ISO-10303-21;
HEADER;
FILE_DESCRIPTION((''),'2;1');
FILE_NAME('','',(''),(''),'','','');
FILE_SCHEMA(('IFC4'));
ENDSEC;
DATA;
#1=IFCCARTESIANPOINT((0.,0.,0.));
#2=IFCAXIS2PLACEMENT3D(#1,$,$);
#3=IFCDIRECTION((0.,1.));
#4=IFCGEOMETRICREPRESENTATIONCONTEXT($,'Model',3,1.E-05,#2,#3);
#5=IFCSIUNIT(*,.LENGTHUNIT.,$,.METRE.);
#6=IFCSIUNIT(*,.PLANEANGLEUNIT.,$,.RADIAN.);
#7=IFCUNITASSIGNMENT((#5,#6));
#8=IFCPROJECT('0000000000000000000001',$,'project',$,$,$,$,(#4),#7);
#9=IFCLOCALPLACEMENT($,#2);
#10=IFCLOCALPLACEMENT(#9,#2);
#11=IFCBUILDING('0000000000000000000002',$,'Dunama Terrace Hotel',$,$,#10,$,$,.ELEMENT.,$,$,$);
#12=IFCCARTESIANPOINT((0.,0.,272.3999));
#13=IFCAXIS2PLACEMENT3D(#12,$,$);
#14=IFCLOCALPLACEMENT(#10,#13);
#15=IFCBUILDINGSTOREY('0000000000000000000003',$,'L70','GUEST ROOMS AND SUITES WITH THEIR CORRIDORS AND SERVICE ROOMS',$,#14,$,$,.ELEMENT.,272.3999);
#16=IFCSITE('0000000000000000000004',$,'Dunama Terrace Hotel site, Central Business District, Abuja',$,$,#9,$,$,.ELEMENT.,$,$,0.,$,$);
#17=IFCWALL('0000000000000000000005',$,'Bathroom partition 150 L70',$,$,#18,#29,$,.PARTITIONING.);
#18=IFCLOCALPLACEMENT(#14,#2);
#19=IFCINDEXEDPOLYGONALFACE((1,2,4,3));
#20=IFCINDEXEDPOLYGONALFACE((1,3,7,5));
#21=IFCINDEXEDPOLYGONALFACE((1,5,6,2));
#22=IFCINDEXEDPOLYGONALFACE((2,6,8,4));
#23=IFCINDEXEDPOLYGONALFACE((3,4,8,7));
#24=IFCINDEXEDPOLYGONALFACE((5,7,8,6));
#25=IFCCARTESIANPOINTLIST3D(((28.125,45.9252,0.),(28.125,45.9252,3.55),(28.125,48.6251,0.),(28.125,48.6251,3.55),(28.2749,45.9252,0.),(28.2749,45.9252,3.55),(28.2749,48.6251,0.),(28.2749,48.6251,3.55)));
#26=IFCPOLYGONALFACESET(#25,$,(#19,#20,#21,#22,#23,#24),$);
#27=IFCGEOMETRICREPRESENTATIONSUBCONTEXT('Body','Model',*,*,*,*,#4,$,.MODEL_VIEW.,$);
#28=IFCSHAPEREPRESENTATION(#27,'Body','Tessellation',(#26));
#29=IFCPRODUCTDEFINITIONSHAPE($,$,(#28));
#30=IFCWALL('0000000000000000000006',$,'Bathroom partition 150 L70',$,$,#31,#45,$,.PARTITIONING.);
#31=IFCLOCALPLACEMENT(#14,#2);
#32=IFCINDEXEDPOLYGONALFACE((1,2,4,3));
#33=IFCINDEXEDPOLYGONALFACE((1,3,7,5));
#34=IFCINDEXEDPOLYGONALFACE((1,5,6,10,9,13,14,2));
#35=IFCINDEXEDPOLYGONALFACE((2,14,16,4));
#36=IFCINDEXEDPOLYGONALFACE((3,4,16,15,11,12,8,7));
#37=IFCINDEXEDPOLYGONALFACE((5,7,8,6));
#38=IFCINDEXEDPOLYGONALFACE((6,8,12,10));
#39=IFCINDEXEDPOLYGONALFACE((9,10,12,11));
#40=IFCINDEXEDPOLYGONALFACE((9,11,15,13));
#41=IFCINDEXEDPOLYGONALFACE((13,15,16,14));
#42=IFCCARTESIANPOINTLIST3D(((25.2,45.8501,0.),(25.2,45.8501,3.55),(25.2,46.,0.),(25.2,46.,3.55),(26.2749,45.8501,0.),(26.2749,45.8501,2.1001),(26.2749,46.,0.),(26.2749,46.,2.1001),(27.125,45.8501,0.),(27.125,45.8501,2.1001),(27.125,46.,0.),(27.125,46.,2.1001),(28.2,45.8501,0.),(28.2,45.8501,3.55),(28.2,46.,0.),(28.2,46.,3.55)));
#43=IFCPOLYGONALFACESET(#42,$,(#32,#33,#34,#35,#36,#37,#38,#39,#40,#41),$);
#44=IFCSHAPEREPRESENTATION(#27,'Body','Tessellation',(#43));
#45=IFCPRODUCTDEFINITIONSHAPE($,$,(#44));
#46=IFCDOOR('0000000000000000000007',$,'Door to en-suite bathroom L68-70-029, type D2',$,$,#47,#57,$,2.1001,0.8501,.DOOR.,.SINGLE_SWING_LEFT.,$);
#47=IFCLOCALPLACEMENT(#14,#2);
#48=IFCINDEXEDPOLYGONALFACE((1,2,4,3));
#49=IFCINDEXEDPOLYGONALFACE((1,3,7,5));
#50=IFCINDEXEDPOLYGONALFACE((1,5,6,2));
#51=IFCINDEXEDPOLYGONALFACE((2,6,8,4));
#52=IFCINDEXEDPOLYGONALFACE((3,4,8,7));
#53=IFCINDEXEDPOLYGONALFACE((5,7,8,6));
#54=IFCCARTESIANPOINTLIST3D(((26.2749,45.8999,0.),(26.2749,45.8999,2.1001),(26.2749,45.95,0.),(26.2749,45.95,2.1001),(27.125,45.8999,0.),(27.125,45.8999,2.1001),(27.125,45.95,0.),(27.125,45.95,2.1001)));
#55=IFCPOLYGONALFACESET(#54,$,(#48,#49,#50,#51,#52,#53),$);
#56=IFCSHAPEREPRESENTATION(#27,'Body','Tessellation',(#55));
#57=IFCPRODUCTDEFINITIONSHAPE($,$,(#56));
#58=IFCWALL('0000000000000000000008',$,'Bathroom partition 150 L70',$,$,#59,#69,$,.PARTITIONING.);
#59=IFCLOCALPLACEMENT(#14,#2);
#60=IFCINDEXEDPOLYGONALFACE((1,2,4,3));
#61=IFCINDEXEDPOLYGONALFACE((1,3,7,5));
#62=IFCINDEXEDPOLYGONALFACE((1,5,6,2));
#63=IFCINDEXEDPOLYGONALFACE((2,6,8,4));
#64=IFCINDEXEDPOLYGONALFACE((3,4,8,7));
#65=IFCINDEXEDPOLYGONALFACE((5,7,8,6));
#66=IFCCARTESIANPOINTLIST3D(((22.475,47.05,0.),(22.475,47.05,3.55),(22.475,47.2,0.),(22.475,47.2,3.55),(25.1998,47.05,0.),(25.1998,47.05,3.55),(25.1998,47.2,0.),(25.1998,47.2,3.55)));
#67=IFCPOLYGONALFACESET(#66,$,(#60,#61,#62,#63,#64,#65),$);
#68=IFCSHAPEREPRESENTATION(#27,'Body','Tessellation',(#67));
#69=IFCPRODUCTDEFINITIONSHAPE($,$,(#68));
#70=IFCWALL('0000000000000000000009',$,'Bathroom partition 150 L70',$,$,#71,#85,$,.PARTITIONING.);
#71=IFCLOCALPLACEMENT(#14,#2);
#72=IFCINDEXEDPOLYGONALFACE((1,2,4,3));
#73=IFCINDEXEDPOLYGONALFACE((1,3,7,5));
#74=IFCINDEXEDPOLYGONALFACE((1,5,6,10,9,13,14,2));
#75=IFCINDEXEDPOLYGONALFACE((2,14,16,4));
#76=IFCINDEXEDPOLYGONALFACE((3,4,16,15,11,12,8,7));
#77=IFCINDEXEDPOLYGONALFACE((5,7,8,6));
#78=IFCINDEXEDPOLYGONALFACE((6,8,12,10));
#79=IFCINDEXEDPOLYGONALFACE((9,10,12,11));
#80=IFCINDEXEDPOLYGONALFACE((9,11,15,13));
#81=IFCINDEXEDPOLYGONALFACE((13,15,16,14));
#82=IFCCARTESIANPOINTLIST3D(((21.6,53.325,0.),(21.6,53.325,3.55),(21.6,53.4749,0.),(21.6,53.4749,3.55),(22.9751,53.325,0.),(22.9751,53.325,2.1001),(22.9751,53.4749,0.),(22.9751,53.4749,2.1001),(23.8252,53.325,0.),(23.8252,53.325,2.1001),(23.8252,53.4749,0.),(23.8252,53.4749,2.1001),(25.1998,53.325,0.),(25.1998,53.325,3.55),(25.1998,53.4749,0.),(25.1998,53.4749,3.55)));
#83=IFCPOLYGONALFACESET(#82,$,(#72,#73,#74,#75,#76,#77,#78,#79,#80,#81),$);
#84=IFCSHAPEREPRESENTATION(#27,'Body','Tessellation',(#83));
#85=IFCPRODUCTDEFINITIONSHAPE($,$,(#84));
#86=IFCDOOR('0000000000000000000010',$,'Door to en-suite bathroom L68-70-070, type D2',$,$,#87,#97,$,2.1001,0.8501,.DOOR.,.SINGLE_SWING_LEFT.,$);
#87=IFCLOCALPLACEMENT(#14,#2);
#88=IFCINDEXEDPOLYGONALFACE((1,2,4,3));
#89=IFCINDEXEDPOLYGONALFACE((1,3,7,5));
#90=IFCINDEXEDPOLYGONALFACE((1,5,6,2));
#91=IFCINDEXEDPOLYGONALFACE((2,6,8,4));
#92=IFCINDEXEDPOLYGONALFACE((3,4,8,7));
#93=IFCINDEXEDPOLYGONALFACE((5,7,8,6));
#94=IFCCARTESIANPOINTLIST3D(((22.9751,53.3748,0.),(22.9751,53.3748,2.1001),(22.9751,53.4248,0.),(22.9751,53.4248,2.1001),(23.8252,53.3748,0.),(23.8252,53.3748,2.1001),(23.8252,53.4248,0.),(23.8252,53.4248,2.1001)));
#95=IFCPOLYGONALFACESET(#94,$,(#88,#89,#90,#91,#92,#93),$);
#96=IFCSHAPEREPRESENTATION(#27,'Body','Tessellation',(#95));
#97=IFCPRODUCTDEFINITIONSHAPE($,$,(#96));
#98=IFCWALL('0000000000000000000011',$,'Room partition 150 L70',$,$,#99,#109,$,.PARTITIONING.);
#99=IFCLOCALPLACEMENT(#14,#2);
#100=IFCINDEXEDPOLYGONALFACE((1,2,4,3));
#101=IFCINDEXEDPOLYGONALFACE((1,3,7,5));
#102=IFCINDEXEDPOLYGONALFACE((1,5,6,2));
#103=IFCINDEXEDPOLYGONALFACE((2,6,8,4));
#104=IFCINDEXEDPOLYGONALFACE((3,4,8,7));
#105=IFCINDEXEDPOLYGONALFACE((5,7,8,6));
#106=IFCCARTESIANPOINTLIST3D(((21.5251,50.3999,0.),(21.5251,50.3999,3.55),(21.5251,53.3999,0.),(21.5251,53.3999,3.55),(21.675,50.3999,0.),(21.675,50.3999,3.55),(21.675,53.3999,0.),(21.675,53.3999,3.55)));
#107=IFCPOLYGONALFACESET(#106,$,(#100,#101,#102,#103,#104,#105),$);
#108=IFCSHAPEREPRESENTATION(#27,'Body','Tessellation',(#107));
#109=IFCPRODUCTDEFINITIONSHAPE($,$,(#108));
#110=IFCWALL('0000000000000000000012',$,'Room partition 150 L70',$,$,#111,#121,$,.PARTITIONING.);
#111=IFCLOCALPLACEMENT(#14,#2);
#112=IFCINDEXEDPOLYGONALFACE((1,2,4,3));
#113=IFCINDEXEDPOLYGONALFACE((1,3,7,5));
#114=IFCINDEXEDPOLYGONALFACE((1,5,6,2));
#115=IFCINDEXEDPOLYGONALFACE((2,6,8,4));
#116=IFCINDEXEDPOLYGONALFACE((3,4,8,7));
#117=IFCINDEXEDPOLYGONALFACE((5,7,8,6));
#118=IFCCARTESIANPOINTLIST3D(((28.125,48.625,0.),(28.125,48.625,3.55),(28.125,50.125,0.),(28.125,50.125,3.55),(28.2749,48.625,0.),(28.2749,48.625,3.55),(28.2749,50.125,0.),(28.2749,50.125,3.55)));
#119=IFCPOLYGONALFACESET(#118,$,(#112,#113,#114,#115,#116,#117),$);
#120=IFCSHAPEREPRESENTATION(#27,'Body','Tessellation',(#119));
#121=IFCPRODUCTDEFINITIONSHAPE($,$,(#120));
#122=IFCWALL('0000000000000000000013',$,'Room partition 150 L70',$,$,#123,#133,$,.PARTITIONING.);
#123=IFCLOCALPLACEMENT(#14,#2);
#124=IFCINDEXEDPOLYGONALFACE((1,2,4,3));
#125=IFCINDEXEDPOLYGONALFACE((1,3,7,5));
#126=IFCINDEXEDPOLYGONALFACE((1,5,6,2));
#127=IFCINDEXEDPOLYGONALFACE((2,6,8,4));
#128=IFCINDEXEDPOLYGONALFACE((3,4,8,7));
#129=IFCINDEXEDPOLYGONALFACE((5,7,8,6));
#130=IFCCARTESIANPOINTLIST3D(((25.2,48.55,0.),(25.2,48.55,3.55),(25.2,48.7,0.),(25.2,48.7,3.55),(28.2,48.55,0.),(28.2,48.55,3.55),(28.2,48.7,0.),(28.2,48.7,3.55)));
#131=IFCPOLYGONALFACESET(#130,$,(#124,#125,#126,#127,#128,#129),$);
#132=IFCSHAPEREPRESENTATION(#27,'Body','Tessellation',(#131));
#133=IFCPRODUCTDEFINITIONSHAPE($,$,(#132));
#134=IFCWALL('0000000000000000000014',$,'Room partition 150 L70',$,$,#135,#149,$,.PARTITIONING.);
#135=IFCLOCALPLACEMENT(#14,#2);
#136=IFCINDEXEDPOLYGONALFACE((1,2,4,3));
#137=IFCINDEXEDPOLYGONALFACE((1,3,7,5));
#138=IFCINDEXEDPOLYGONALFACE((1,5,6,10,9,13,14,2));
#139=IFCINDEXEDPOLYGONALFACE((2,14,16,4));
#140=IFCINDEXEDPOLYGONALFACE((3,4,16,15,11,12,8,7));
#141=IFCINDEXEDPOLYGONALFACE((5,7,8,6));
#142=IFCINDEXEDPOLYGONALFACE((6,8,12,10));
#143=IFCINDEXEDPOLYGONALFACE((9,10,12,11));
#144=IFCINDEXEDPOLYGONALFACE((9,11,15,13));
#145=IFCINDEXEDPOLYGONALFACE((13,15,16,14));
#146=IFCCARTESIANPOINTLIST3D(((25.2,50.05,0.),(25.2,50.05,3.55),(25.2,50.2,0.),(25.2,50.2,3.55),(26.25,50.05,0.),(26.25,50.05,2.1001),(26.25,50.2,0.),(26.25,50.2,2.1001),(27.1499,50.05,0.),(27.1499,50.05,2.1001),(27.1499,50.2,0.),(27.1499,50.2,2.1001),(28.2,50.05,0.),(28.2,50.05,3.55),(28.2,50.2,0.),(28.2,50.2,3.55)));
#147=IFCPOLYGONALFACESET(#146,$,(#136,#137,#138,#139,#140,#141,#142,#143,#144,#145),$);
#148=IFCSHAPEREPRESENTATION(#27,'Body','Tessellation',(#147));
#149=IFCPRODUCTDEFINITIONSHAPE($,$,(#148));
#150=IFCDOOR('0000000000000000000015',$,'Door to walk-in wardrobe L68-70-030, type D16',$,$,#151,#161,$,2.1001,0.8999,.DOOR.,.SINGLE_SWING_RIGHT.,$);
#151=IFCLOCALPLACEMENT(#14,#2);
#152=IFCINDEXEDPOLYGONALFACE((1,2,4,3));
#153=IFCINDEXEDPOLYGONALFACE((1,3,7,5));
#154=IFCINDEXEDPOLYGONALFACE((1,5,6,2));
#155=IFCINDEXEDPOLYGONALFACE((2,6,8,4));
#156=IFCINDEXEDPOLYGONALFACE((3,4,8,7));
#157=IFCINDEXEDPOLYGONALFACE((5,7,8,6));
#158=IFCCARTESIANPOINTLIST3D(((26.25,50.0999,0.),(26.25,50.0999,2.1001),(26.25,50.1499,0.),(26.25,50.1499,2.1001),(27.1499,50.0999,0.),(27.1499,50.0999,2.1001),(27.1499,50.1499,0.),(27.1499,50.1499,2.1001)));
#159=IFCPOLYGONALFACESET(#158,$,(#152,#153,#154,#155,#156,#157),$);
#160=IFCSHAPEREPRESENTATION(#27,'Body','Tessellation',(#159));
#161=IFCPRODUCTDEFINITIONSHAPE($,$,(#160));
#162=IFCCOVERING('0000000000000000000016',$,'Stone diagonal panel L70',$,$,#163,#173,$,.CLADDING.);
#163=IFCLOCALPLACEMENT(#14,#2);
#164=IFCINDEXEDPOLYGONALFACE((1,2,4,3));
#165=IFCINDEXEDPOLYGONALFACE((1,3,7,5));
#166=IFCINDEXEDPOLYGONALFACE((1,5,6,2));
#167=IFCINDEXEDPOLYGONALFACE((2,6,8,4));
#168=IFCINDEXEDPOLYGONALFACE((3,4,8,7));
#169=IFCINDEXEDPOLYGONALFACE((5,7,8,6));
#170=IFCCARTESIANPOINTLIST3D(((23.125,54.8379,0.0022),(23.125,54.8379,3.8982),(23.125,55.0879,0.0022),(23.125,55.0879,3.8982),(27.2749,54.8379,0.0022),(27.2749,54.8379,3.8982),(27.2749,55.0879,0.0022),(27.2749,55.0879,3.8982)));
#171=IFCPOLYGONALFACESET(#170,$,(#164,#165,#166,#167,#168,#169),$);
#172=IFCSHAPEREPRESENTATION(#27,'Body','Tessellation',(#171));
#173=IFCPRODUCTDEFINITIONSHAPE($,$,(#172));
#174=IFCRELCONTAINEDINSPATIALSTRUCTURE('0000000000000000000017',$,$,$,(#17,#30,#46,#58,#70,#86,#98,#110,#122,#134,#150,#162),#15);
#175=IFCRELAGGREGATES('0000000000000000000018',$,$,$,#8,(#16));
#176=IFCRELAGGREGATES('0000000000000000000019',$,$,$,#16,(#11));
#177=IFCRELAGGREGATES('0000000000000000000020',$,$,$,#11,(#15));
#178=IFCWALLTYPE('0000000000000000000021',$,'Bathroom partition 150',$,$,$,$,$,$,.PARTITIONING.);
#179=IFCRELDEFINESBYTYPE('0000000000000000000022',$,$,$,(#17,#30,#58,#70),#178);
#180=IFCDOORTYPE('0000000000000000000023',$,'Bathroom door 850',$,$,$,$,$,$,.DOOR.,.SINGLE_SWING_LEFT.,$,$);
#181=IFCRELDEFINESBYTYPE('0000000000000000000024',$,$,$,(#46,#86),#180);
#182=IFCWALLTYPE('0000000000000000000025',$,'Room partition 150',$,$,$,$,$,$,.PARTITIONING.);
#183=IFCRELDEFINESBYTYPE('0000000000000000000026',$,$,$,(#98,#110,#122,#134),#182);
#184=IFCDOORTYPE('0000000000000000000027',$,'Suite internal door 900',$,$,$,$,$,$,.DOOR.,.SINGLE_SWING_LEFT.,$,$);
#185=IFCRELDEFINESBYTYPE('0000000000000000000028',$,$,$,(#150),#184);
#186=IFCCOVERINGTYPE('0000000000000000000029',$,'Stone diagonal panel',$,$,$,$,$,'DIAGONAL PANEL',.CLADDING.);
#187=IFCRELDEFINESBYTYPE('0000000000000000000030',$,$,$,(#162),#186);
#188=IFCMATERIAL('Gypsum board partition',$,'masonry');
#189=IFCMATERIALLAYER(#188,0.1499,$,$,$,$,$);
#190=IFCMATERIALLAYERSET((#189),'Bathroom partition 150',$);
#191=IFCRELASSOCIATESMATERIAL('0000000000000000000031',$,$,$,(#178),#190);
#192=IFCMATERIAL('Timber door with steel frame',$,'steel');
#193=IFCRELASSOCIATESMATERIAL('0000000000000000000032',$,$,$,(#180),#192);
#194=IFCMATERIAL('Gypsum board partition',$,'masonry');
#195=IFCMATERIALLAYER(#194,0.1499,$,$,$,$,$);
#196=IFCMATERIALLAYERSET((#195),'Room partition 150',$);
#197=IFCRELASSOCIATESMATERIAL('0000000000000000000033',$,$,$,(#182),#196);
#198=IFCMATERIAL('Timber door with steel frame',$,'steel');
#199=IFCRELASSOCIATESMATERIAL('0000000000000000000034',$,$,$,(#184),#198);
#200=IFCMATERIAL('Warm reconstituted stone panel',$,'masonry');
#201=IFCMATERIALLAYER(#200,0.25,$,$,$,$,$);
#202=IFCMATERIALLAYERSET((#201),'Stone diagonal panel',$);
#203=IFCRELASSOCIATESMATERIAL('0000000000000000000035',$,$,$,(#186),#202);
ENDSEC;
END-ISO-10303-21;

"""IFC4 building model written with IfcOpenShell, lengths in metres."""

from ifc_helpers import new_model, si_unit, direction, frame, frame_2d, origin, origin_2d, place, context, subcontext, project, spatial, rectangle, extrude, material, layer, layer_set, type_object, element, fill, save


model = new_model("IFC4")

# Units and contexts
model_context = context("Model", 3, precision=1e-05, world=origin(), true_north=direction((0.0, 1.0)))
body_context = subcontext(model_context, "Body", "Model", "MODEL_VIEW")
ifc_project = project(units=[si_unit("LENGTHUNIT", "METRE"), si_unit("PLANEANGLEUNIT", "RADIAN")], contexts=[model_context])

# Site, building, storey
site_placement = place(None, origin())
site = spatial("IfcSite", under=ifc_project, at=site_placement, Name="Dunama Terrace Hotel site, Central Business District, Abuja", CompositionType="ELEMENT", RefElevation=0.0)
building_placement = place(site_placement, origin())
building = spatial("IfcBuilding", under=site, at=building_placement, Name="Dunama Terrace Hotel", CompositionType="ELEMENT")
storey_placement = place(building_placement, frame((0.0, 0.0, 272.3999)))
storey = spatial("IfcBuildingStorey", under=building, at=storey_placement, Name="L70", Description="GUEST ROOMS AND SUITES WITH THEIR CORRIDORS AND SERVICE ROOMS", CompositionType="ELEMENT", Elevation=272.3999)

# Wall
ifc_material_1 = material(Name="Gypsum board partition", Category="masonry")
ifc_layer_1 = layer(ifc_material_1, 0.1499)
ifc_layer_set_1 = layer_set([ifc_layer_1], Name="Bathroom partition 150")
wall_type_1 = type_object("IfcWallType", Name="Bathroom partition 150", PredefinedType="PARTITIONING", material=ifc_layer_set_1)
wall_1_placement = place(storey_placement, frame((28.2, 45.925, 0.0), z_axis=(0.0, 0.0, 1.0), x_axis=(0.0, 1.0, 0.0)))
element("IfcWall", 1, at=wall_1_placement, inside=storey, type_object=wall_type_1, Name="Bathroom partition 150 L70", PredefinedType="PARTITIONING", context=body_context, shape_type="SweptSolid", body=[
    extrude(rectangle(XDim=2.7, YDim=0.1499, at=frame_2d((1.3501, 0.0))), origin(), (0.0, 0.0, 1.0), 3.55),
])

# Wall, opening, door
wall_2_placement = place(storey_placement, frame((25.2, 45.925, 0.0), z_axis=(0.0, 0.0, 1.0), x_axis=(1.0, 0.0, 0.0)))
wall_2 = element("IfcWall", 2, at=wall_2_placement, inside=storey, type_object=wall_type_1, Name="Bathroom partition 150 L70", PredefinedType="PARTITIONING", context=body_context, shape_type="SweptSolid", body=[
    extrude(rectangle(XDim=3.0, YDim=0.1499, at=frame_2d((1.5, 0.0))), origin(), (0.0, 0.0, 1.0), 3.55),
])
opening_1_placement = place(wall_2_placement, frame((1.075, 0.0, 0.0)))
opening_1 = element("IfcOpeningElement", 3, at=opening_1_placement, cuts=wall_2, PredefinedType="OPENING", context=body_context, shape_type="SweptSolid", body=[
    extrude(rectangle(XDim=0.8501, YDim=2.1001, at=frame_2d((0.425, 1.05))), frame((0.0, 0.085, 0.0), z_axis=(0.0, -1.0, 0.0), x_axis=(1.0, 0.0, 0.0)), (0.0, 0.0, 1.0), 0.1699),
])
ifc_material_2 = material(Name="Timber door with steel frame", Category="steel")
door_type_1 = type_object("IfcDoorType", Name="Bathroom door 850", OperationType="SINGLE_SWING_LEFT", PredefinedType="DOOR", material=ifc_material_2)
door_1_placement = place(opening_1_placement, origin())
door_1 = element("IfcDoor", 4, at=door_1_placement, inside=storey, type_object=door_type_1, Name="Door to en-suite bathroom L68-70-029, type D2", OperationType="SINGLE_SWING_LEFT", OverallHeight=2.1001, OverallWidth=0.8501, PredefinedType="DOOR", context=body_context, shape_type="SweptSolid", body=[
    extrude(rectangle(XDim=0.8501, YDim=2.1001, at=frame_2d((0.425, 1.05))), frame((0.0, 0.0249, 0.0), z_axis=(0.0, -1.0, 0.0), x_axis=(1.0, 0.0, 0.0)), (0.0, 0.0, 1.0), 0.05),
])
fill(opening_1, door_1)

# Wall
wall_3_placement = place(storey_placement, frame((22.4751, 47.125, 0.0), z_axis=(0.0, 0.0, 1.0), x_axis=(1.0, 0.0, 0.0)))
element("IfcWall", 5, at=wall_3_placement, inside=storey, type_object=wall_type_1, Name="Bathroom partition 150 L70", PredefinedType="PARTITIONING", context=body_context, shape_type="SweptSolid", body=[
    extrude(rectangle(XDim=2.7249, YDim=0.1499, at=frame_2d((1.3623, 0.0))), origin(), (0.0, 0.0, 1.0), 3.55),
])

# Wall, opening, door
wall_4_placement = place(storey_placement, frame((21.6001, 53.3999, 0.0), z_axis=(0.0, 0.0, 1.0), x_axis=(1.0, 0.0, 0.0)))
wall_4 = element("IfcWall", 6, at=wall_4_placement, inside=storey, type_object=wall_type_1, Name="Bathroom partition 150 L70", PredefinedType="PARTITIONING", context=body_context, shape_type="SweptSolid", body=[
    extrude(rectangle(XDim=3.5999, YDim=0.1499, at=frame_2d((1.7998, 0.0))), origin(), (0.0, 0.0, 1.0), 3.55),
])
opening_2_placement = place(wall_4_placement, frame((1.375, 0.0, 0.0)))
opening_2 = element("IfcOpeningElement", 7, at=opening_2_placement, cuts=wall_4, PredefinedType="OPENING", context=body_context, shape_type="SweptSolid", body=[
    extrude(rectangle(XDim=0.8501, YDim=2.1001, at=frame_2d((0.425, 1.05))), frame((0.0, 0.085, 0.0), z_axis=(0.0, -1.0, 0.0), x_axis=(1.0, 0.0, 0.0)), (0.0, 0.0, 1.0), 0.1699),
])
door_2_placement = place(opening_2_placement, frame((0.8501, 0.0, 0.0), z_axis=(0.0, 0.0, 1.0), x_axis=(-1.0, 0.0, 0.0)))
door_2 = element("IfcDoor", 8, at=door_2_placement, inside=storey, type_object=door_type_1, Name="Door to en-suite bathroom L68-70-070, type D2", OperationType="SINGLE_SWING_LEFT", OverallHeight=2.1001, OverallWidth=0.8501, PredefinedType="DOOR", context=body_context, shape_type="SweptSolid", body=[
    extrude(rectangle(XDim=0.8501, YDim=2.1001, at=frame_2d((0.425, 1.05))), frame((0.0, 0.0251, 0.0), z_axis=(0.0, -1.0, 0.0), x_axis=(1.0, 0.0, 0.0)), (0.0, 0.0, 1.0), 0.05),
])
fill(opening_2, door_2)

# Walls
ifc_material_3 = material(Name="Gypsum board partition", Category="masonry")
ifc_layer_2 = layer(ifc_material_3, 0.1499)
ifc_layer_set_2 = layer_set([ifc_layer_2], Name="Room partition 150")
wall_type_2 = type_object("IfcWallType", Name="Room partition 150", PredefinedType="PARTITIONING", material=ifc_layer_set_2)
wall_5_placement = place(storey_placement, frame((21.6001, 50.3999, 0.0), z_axis=(0.0, 0.0, 1.0), x_axis=(0.0, 1.0, 0.0)))
element("IfcWall", 9, at=wall_5_placement, inside=storey, type_object=wall_type_2, Name="Room partition 150 L70", PredefinedType="PARTITIONING", context=body_context, shape_type="SweptSolid", body=[
    extrude(rectangle(XDim=3.0, YDim=0.1499, at=frame_2d((1.5, 0.0))), origin(), (0.0, 0.0, 1.0), 3.55),
])
wall_6_placement = place(storey_placement, frame((28.2, 48.625, 0.0), z_axis=(0.0, 0.0, 1.0), x_axis=(0.0, 1.0, 0.0)))
element("IfcWall", 10, at=wall_6_placement, inside=storey, type_object=wall_type_2, Name="Room partition 150 L70", PredefinedType="PARTITIONING", context=body_context, shape_type="SweptSolid", body=[
    extrude(rectangle(XDim=1.5, YDim=0.1499, at=frame_2d((0.75, 0.0))), origin(), (0.0, 0.0, 1.0), 3.55),
])
wall_7_placement = place(storey_placement, frame((25.2, 48.625, 0.0), z_axis=(0.0, 0.0, 1.0), x_axis=(1.0, 0.0, 0.0)))
element("IfcWall", 11, at=wall_7_placement, inside=storey, type_object=wall_type_2, Name="Room partition 150 L70", PredefinedType="PARTITIONING", context=body_context, shape_type="SweptSolid", body=[
    extrude(rectangle(XDim=3.0, YDim=0.1499, at=frame_2d((1.5, 0.0))), origin(), (0.0, 0.0, 1.0), 3.55),
])

# Wall, opening, door
wall_8_placement = place(storey_placement, frame((25.2, 50.125, 0.0), z_axis=(0.0, 0.0, 1.0), x_axis=(1.0, 0.0, 0.0)))
wall_8 = element("IfcWall", 12, at=wall_8_placement, inside=storey, type_object=wall_type_2, Name="Room partition 150 L70", PredefinedType="PARTITIONING", context=body_context, shape_type="SweptSolid", body=[
    extrude(rectangle(XDim=3.0, YDim=0.1499, at=frame_2d((1.5, 0.0))), origin(), (0.0, 0.0, 1.0), 3.55),
])
opening_3_placement = place(wall_8_placement, frame((1.05, 0.0, 0.0)))
opening_3 = element("IfcOpeningElement", 13, at=opening_3_placement, cuts=wall_8, PredefinedType="OPENING", context=body_context, shape_type="SweptSolid", body=[
    extrude(rectangle(XDim=0.8999, YDim=2.1001, at=frame_2d((0.45, 1.05))), frame((0.0, 0.085, 0.0), z_axis=(0.0, -1.0, 0.0), x_axis=(1.0, 0.0, 0.0)), (0.0, 0.0, 1.0), 0.1699),
])
ifc_material_4 = material(Name="Timber door with steel frame", Category="steel")
door_type_2 = type_object("IfcDoorType", Name="Suite internal door 900", OperationType="SINGLE_SWING_LEFT", PredefinedType="DOOR", material=ifc_material_4)
door_3_placement = place(opening_3_placement, frame((0.8999, 0.0, 0.0), z_axis=(0.0, 0.0, 1.0), x_axis=(-1.0, 0.0, 0.0)))
door_3 = element("IfcDoor", 14, at=door_3_placement, inside=storey, type_object=door_type_2, Name="Door to walk-in wardrobe L68-70-030, type D16", OperationType="SINGLE_SWING_RIGHT", OverallHeight=2.1001, OverallWidth=0.8999, PredefinedType="DOOR", context=body_context, shape_type="SweptSolid", body=[
    extrude(rectangle(XDim=0.8999, YDim=2.1001, at=frame_2d((0.45, 1.05))), frame((0.0, 0.0251, 0.0), z_axis=(0.0, -1.0, 0.0), x_axis=(1.0, 0.0, 0.0)), (0.0, 0.0, 1.0), 0.05),
])
fill(opening_3, door_3)

# Covering
ifc_material_5 = material(Name="Warm reconstituted stone panel", Category="masonry")
ifc_layer_3 = layer(ifc_material_5, 0.25)
ifc_layer_set_3 = layer_set([ifc_layer_3], Name="Stone diagonal panel")
covering_type = type_object("IfcCoveringType", Name="Stone diagonal panel", ElementType="DIAGONAL PANEL", PredefinedType="CLADDING", material=ifc_layer_set_3)
covering_placement = place(storey_placement, frame((25.2, 54.9629, 0.0022), z_axis=(0.0, 0.0, 1.0), x_axis=(-1.0, 0.0, 0.0)))
element("IfcCovering", 15, at=covering_placement, inside=storey, type_object=covering_type, Name="Stone diagonal panel L70", PredefinedType="CLADDING", context=body_context, shape_type="SweptSolid", body=[
    extrude(rectangle(XDim=4.1499, YDim=0.25, at=origin_2d()), origin(), (0.0, 0.0, 1.0), 3.896),
])

save(model, "model.ifc")
